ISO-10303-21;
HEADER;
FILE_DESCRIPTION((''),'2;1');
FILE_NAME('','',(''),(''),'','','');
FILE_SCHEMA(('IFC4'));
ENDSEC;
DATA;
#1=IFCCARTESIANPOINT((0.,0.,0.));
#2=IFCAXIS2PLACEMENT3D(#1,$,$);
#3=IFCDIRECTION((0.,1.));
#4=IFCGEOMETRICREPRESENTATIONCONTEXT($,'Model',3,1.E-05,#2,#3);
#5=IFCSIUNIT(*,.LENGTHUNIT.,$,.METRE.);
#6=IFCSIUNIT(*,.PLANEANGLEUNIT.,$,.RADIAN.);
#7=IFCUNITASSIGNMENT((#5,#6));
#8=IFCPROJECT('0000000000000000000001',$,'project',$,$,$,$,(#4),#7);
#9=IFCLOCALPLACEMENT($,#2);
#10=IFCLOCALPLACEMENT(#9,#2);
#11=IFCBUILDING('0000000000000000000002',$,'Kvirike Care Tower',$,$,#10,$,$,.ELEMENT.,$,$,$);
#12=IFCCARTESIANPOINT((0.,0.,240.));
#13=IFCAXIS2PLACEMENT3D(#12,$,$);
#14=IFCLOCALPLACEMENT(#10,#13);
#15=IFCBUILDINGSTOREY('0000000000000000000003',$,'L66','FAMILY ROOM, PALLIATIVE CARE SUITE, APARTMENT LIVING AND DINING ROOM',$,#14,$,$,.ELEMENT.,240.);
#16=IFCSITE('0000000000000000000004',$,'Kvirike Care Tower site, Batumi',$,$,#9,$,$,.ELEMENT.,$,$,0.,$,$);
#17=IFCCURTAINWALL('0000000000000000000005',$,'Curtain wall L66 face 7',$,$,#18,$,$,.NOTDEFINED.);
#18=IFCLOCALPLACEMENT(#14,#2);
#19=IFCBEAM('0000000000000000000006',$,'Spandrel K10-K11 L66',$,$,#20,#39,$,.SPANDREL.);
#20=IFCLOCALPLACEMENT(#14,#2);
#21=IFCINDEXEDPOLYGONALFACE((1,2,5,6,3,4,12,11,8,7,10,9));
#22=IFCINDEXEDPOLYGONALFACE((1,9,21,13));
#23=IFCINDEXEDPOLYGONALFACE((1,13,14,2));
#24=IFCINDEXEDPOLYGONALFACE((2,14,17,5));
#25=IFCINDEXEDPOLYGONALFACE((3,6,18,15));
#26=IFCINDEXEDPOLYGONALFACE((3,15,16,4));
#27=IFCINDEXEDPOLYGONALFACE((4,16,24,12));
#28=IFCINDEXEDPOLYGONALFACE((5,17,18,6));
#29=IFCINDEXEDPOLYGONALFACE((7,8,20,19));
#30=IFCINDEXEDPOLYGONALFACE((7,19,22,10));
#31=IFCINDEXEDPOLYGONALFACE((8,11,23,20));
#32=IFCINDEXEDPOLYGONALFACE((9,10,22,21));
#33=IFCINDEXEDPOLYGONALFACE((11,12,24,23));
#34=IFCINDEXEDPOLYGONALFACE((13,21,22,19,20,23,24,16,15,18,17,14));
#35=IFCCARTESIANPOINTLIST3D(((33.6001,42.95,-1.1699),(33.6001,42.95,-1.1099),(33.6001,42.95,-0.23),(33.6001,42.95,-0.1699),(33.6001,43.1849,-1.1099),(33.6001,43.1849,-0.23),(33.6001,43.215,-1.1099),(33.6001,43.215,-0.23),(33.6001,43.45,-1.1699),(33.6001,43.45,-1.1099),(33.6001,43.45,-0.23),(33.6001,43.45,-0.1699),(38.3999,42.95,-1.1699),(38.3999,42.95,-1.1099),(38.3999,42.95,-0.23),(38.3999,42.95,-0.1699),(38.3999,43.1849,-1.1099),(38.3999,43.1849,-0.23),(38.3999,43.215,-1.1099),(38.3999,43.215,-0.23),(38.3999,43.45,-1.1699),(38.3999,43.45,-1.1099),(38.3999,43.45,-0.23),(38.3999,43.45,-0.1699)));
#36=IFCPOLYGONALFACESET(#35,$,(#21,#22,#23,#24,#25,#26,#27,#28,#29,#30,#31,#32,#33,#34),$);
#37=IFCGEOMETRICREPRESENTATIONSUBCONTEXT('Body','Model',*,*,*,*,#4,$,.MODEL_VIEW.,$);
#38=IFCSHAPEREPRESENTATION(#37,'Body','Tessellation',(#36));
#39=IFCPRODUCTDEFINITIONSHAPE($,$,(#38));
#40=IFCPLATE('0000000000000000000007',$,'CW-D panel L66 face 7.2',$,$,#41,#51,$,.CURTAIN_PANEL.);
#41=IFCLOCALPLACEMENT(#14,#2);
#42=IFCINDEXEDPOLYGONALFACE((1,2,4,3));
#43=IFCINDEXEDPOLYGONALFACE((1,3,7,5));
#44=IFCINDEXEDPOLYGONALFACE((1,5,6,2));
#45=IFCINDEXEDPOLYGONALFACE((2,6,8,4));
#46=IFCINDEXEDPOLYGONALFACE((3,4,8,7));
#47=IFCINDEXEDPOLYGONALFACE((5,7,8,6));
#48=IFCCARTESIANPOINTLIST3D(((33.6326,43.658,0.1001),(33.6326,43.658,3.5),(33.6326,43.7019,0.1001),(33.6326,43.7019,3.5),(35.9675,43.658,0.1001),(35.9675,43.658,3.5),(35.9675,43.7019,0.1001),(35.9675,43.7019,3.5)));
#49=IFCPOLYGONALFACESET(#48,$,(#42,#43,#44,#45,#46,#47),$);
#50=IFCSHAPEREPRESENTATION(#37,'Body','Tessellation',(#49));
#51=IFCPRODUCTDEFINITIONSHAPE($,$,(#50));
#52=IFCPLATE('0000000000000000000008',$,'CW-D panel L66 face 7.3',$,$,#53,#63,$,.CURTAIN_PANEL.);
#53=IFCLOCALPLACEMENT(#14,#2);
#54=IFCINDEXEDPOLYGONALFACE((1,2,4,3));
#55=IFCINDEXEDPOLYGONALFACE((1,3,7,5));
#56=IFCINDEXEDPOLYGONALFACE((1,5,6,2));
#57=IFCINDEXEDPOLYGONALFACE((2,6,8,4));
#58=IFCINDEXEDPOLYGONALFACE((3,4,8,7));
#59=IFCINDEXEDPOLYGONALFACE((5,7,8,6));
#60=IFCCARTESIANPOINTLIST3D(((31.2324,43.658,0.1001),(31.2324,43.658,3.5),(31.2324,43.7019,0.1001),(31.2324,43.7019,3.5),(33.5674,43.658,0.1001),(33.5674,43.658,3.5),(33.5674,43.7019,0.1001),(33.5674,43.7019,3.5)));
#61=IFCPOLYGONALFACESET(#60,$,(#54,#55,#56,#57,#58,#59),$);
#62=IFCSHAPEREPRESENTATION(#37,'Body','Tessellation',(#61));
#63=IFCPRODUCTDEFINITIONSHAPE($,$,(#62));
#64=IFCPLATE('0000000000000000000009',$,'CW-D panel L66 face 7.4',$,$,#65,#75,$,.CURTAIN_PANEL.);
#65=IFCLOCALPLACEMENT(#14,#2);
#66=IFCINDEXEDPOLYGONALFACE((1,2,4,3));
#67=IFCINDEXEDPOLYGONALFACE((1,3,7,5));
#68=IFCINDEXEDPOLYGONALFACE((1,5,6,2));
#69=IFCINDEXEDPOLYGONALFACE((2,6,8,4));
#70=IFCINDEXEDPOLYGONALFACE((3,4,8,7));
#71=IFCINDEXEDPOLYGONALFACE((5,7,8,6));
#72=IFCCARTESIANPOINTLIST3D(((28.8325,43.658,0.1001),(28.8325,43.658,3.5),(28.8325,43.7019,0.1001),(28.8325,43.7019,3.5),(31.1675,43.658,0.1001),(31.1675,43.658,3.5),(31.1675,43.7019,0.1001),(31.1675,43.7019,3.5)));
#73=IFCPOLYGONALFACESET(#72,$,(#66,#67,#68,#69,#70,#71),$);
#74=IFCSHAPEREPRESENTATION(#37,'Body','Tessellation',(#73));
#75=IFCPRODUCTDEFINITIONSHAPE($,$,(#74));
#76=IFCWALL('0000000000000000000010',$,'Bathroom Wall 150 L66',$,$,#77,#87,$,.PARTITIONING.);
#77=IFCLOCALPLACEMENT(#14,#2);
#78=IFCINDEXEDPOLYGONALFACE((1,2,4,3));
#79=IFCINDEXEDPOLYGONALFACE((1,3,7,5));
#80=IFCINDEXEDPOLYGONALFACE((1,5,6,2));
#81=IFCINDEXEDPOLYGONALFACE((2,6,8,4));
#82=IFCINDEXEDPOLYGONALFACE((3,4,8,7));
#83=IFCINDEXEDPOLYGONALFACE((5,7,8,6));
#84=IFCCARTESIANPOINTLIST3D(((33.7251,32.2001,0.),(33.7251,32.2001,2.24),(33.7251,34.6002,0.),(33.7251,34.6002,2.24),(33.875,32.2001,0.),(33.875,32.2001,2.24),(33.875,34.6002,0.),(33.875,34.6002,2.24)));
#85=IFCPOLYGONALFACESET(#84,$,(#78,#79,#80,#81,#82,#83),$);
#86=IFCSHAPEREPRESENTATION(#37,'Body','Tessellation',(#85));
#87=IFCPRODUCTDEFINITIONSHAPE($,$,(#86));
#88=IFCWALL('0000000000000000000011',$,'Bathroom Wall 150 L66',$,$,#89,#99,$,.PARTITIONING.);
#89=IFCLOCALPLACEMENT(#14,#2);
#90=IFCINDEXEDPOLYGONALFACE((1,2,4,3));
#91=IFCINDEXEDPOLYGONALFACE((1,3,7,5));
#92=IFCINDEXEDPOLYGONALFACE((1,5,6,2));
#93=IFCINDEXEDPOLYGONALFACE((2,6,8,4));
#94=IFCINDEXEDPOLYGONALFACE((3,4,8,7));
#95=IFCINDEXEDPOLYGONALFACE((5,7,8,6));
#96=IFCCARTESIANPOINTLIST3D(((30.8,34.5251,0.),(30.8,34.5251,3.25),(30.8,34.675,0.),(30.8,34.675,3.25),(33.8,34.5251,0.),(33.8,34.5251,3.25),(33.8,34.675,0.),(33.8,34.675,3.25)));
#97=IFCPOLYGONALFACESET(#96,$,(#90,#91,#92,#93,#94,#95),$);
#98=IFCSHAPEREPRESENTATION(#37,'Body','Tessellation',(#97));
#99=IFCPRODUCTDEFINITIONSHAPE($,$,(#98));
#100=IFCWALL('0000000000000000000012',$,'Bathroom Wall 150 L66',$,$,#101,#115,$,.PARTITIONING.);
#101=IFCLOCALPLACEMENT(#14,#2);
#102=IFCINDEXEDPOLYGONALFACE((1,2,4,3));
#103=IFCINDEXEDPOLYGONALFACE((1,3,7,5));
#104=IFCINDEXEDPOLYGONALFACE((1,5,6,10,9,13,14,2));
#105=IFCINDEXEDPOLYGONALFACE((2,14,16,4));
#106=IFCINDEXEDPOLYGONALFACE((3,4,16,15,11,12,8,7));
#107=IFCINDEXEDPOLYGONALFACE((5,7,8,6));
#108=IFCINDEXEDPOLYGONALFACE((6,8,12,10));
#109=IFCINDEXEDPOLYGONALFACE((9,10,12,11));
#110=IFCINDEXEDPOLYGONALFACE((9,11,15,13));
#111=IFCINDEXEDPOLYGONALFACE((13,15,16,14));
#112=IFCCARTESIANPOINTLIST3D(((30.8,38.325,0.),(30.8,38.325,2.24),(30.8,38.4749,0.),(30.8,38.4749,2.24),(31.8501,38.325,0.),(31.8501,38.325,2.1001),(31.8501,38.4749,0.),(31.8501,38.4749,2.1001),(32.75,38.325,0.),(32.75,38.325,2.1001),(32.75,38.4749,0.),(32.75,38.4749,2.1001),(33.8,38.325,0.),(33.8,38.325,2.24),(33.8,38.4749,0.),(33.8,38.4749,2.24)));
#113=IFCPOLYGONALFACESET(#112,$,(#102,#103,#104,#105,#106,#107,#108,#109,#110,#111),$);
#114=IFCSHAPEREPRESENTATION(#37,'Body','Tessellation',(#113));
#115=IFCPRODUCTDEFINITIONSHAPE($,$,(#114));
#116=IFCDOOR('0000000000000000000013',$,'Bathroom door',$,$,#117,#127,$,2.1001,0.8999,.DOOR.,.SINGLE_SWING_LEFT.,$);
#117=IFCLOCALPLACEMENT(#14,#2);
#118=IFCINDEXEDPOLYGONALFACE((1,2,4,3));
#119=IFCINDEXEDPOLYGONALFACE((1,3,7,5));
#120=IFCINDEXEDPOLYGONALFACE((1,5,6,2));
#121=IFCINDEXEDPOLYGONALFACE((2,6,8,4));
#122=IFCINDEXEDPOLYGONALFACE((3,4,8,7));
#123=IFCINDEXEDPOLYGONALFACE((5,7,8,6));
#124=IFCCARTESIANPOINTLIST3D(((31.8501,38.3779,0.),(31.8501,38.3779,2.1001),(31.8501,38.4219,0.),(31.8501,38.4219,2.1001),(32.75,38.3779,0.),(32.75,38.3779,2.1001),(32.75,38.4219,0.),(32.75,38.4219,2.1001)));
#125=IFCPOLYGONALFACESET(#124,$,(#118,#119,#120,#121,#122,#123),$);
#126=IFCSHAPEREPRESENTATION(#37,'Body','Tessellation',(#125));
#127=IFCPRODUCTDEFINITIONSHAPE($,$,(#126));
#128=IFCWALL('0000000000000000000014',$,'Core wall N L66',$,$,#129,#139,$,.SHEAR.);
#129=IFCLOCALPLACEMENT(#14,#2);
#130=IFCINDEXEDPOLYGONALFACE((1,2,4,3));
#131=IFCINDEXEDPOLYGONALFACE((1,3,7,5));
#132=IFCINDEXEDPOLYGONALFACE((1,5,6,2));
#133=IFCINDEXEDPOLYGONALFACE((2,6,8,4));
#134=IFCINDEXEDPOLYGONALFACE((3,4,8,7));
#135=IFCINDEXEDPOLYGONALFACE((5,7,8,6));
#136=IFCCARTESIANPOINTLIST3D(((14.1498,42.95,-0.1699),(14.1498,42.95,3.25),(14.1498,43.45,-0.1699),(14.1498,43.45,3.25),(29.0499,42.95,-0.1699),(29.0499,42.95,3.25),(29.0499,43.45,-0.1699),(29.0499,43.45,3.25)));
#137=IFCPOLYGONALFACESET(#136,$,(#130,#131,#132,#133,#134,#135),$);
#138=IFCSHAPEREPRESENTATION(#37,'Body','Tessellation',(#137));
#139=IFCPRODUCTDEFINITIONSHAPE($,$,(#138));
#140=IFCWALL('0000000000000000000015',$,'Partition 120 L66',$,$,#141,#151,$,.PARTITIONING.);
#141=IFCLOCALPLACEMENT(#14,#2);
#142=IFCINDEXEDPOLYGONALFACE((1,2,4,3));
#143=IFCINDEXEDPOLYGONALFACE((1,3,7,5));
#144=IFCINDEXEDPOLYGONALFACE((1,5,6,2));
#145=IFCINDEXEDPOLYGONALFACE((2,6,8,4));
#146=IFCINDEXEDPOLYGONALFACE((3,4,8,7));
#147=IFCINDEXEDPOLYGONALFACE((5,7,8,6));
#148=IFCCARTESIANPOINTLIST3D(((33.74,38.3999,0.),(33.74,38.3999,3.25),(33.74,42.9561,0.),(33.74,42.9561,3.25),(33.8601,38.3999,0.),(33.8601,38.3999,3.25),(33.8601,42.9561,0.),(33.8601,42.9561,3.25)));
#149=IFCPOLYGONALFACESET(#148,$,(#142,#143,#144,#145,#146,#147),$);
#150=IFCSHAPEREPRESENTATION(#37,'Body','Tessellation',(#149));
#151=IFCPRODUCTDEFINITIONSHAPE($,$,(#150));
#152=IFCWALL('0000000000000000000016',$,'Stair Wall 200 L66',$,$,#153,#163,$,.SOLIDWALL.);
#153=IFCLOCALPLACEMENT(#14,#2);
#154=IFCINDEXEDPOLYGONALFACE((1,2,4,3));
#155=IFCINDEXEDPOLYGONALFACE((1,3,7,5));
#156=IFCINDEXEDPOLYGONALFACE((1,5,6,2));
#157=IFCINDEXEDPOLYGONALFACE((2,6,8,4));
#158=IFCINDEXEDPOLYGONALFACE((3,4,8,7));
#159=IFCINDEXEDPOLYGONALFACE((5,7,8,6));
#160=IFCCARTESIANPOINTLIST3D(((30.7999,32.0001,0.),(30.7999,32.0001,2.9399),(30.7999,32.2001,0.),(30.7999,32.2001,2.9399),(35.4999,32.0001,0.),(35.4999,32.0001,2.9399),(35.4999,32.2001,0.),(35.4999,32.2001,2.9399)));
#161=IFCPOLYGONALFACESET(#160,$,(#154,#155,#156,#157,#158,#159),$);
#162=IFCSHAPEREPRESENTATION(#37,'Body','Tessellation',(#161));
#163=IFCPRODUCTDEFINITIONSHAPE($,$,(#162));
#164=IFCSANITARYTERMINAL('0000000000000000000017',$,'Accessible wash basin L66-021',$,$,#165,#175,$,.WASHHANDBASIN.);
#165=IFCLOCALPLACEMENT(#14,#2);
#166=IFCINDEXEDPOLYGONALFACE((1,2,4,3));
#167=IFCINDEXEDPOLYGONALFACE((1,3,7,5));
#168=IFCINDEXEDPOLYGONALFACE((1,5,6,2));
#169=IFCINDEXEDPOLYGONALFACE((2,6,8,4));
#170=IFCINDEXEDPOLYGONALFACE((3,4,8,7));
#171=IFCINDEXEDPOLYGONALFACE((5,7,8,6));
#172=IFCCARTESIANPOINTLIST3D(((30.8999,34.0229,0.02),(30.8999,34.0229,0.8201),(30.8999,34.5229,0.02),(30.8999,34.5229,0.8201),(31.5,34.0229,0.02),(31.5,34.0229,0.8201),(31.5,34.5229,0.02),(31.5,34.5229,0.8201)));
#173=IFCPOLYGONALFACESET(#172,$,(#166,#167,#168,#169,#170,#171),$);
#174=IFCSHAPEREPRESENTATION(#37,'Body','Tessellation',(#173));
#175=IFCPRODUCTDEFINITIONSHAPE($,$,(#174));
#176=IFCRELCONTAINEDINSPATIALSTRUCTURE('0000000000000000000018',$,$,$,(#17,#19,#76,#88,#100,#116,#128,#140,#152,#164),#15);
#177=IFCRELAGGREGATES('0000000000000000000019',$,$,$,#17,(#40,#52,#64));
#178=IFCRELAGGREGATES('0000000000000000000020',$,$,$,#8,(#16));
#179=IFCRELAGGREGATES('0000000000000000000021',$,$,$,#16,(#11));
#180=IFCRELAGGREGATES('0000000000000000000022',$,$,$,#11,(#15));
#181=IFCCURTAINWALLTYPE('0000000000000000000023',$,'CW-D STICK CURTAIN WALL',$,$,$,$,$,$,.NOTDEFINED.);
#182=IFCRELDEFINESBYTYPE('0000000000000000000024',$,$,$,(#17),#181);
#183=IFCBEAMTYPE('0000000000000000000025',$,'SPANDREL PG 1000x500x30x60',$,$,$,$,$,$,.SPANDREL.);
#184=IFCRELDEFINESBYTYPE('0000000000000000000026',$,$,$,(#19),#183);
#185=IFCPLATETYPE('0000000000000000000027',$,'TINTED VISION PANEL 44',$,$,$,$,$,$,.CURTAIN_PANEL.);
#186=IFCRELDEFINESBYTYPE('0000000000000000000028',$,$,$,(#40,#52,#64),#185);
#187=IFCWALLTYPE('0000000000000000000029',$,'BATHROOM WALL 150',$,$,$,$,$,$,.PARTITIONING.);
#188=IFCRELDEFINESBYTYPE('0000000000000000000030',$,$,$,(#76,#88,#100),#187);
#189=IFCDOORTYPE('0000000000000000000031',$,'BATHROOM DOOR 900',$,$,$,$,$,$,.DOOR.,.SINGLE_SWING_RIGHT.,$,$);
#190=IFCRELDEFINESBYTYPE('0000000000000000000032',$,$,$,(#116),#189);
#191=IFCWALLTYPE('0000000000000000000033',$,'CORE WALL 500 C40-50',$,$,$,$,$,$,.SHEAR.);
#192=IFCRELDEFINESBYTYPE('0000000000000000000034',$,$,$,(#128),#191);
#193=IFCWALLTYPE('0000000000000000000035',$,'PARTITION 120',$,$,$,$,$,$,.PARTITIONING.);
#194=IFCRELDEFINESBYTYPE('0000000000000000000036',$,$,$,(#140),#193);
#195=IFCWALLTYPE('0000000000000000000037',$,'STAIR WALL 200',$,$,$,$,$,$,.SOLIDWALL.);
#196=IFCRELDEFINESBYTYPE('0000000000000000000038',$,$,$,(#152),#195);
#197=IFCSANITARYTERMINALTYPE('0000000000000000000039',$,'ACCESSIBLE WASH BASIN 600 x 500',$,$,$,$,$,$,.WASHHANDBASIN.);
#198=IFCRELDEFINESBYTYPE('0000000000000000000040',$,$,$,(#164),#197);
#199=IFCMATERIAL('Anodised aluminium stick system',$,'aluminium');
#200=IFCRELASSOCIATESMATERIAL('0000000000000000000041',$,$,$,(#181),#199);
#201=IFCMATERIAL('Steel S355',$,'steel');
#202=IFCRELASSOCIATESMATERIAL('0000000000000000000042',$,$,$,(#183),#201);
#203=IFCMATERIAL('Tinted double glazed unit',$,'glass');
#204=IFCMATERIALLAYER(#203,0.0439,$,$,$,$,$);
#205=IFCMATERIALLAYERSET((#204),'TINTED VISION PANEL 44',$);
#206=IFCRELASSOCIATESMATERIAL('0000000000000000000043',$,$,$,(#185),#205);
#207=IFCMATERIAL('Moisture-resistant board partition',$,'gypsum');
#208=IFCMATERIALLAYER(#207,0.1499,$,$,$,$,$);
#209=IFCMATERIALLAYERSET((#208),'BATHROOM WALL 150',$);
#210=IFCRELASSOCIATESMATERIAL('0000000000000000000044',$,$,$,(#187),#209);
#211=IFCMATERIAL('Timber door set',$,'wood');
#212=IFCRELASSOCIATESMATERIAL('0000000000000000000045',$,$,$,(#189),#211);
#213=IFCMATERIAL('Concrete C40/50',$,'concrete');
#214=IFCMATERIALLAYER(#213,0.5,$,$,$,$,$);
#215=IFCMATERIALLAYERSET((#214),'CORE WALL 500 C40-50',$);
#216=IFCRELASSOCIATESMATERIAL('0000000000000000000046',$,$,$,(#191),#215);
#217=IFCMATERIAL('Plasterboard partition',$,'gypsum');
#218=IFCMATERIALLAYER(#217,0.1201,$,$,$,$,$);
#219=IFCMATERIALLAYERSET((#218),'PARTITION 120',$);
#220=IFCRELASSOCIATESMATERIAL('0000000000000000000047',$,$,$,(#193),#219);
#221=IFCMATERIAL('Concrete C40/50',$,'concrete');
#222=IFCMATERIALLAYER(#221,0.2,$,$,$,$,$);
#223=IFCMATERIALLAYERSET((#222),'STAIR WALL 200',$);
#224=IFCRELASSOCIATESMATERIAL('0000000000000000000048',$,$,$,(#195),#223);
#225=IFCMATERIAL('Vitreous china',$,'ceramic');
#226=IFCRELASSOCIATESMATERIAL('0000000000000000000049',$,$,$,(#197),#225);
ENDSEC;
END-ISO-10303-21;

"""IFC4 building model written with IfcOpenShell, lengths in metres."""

from ifc_helpers import new_model, si_unit, direction, frame, frame_2d, origin, origin_2d, place, context, subcontext, project, spatial, rectangle, i_section, extrude, material, layer, layer_set, material_profile, profile_set, type_object, element, fill, aggregate, save


model = new_model("IFC4")

# Units and contexts
model_context = context("Model", 3, precision=1e-05, world=origin(), true_north=direction((0.0, 1.0)))
body_context = subcontext(model_context, "Body", "Model", "MODEL_VIEW")
ifc_project = project(units=[si_unit("LENGTHUNIT", "METRE"), si_unit("PLANEANGLEUNIT", "RADIAN")], contexts=[model_context])

# Site, building, storey
site_placement = place(None, origin())
site = spatial("IfcSite", under=ifc_project, at=site_placement, Name="Kvirike Care Tower site, Batumi", CompositionType="ELEMENT", RefElevation=0.0)
building_placement = place(site_placement, origin())
building = spatial("IfcBuilding", under=site, at=building_placement, Name="Kvirike Care Tower", CompositionType="ELEMENT")
storey_placement = place(building_placement, frame((0.0, 0.0, 240.0)))
storey = spatial("IfcBuildingStorey", under=building, at=storey_placement, Name="L66", Description="FAMILY ROOM, PALLIATIVE CARE SUITE, APARTMENT LIVING AND DINING ROOM", CompositionType="ELEMENT", Elevation=240.0)

# Curtain wall
ifc_material_1 = material(Name="Anodised aluminium stick system", Category="aluminium")
curtain_wall_type = type_object("IfcCurtainWallType", Name="CW-D STICK CURTAIN WALL", PredefinedType="NOTDEFINED", material=ifc_material_1)
curtain_wall_placement = place(storey_placement, origin())
curtain_wall = element("IfcCurtainWall", 1, at=curtain_wall_placement, inside=storey, type_object=curtain_wall_type, Name="Curtain wall L66 face 7", PredefinedType="NOTDEFINED")

# Beam
ifc_material_2 = material(Name="Steel S355", Category="steel")
ifc_material_profile_1 = material_profile(ifc_material_2, i_section(OverallWidth=0.5, OverallDepth=1.0, WebThickness=0.03, FlangeThickness=0.0601, at=origin_2d()), Name="PG 1000x500x30x60")
ifc_profile_set_1 = profile_set([ifc_material_profile_1], Name="Steel S355")
beam_type = type_object("IfcBeamType", Name="SPANDREL PG 1000x500x30x60", PredefinedType="SPANDREL", material=ifc_profile_set_1)
beam_placement = place(storey_placement, frame((33.6001, 43.2, -0.6699), z_axis=(1.0, 0.0, 0.0), x_axis=(0.0, 1.0, 0.0)))
element("IfcBeam", 2, at=beam_placement, inside=storey, type_object=beam_type, Name="Spandrel K10-K11 L66", PredefinedType="SPANDREL", context=body_context, shape_type="SweptSolid", body=[
    extrude(i_section(OverallWidth=0.5, OverallDepth=1.0, WebThickness=0.03, FlangeThickness=0.0601, at=origin_2d()), origin(), (0.0, 0.0, 1.0), 4.7998),
])

# Plates
ifc_material_3 = material(Name="Tinted double glazed unit", Category="glass")
ifc_layer_1 = layer(ifc_material_3, 0.0439)
ifc_layer_set_1 = layer_set([ifc_layer_1], Name="TINTED VISION PANEL 44")
plate_type = type_object("IfcPlateType", Name="TINTED VISION PANEL 44", PredefinedType="CURTAIN_PANEL", material=ifc_layer_set_1)
plate_1_placement = place(storey_placement, frame((34.8, 43.6799, 0.1001), z_axis=(0.0, 0.0, 1.0), x_axis=(-1.0, 0.0, 0.0)))
plate_1 = element("IfcPlate", 3, at=plate_1_placement, type_object=plate_type, Name="CW-D panel L66 face 7.2", PredefinedType="CURTAIN_PANEL", context=body_context, shape_type="SweptSolid", body=[
    extrude(rectangle(XDim=2.335, YDim=0.0439, at=origin_2d()), origin(), (0.0, 0.0, 1.0), 3.3999),
])
plate_2_placement = place(storey_placement, frame((32.3999, 43.6799, 0.1001), z_axis=(0.0, 0.0, 1.0), x_axis=(-1.0, 0.0, 0.0)))
plate_2 = element("IfcPlate", 4, at=plate_2_placement, type_object=plate_type, Name="CW-D panel L66 face 7.3", PredefinedType="CURTAIN_PANEL", context=body_context, shape_type="SweptSolid", body=[
    extrude(rectangle(XDim=2.335, YDim=0.0439, at=origin_2d()), origin(), (0.0, 0.0, 1.0), 3.3999),
])
plate_3_placement = place(storey_placement, frame((30.0, 43.6799, 0.1001), z_axis=(0.0, 0.0, 1.0), x_axis=(-1.0, 0.0, 0.0)))
plate_3 = element("IfcPlate", 5, at=plate_3_placement, type_object=plate_type, Name="CW-D panel L66 face 7.4", PredefinedType="CURTAIN_PANEL", context=body_context, shape_type="SweptSolid", body=[
    extrude(rectangle(XDim=2.335, YDim=0.0439, at=origin_2d()), origin(), (0.0, 0.0, 1.0), 3.3999),
])
aggregate(curtain_wall, [plate_1, plate_2, plate_3])

# Walls
ifc_material_4 = material(Name="Moisture-resistant board partition", Category="gypsum")
ifc_layer_2 = layer(ifc_material_4, 0.1499)
ifc_layer_set_2 = layer_set([ifc_layer_2], Name="BATHROOM WALL 150")
wall_type_1 = type_object("IfcWallType", Name="BATHROOM WALL 150", PredefinedType="PARTITIONING", material=ifc_layer_set_2)
wall_1_placement = place(storey_placement, frame((33.8, 32.2, 0.0), z_axis=(0.0, 0.0, 1.0), x_axis=(0.0, 1.0, 0.0)))
element("IfcWall", 6, at=wall_1_placement, inside=storey, type_object=wall_type_1, Name="Bathroom Wall 150 L66", PredefinedType="PARTITIONING", context=body_context, shape_type="SweptSolid", body=[
    extrude(rectangle(XDim=2.4001, YDim=0.1499, at=frame_2d((1.2002, 0.0))), origin(), (0.0, 0.0, 1.0), 2.24),
])
wall_2_placement = place(storey_placement, frame((33.8, 34.6001, 0.0), z_axis=(0.0, 0.0, 1.0), x_axis=(-1.0, 0.0, 0.0)))
element("IfcWall", 7, at=wall_2_placement, inside=storey, type_object=wall_type_1, Name="Bathroom Wall 150 L66", PredefinedType="PARTITIONING", context=body_context, shape_type="SweptSolid", body=[
    extrude(rectangle(XDim=3.0, YDim=0.1499, at=frame_2d((1.5, 0.0))), origin(), (0.0, 0.0, 1.0), 3.25),
])

# Wall, opening, door
wall_3_placement = place(storey_placement, frame((33.8, 38.3999, 0.0), z_axis=(0.0, 0.0, 1.0), x_axis=(-1.0, 0.0, 0.0)))
wall_3 = element("IfcWall", 8, at=wall_3_placement, inside=storey, type_object=wall_type_1, Name="Bathroom Wall 150 L66", PredefinedType="PARTITIONING", context=body_context, shape_type="SweptSolid", body=[
    extrude(rectangle(XDim=3.0, YDim=0.1499, at=frame_2d((1.5, 0.0))), origin(), (0.0, 0.0, 1.0), 2.24),
])
opening_placement = place(wall_3_placement, frame((1.05, 0.0, 0.0)))
opening = element("IfcOpeningElement", 9, at=opening_placement, cuts=wall_3, PredefinedType="OPENING", context=body_context, shape_type="SweptSolid", body=[
    extrude(rectangle(XDim=0.8999, YDim=2.1001, at=frame_2d((0.45, 1.05))), frame((0.0, 0.0854, 0.0), z_axis=(0.0, -1.0, 0.0), x_axis=(1.0, 0.0, 0.0)), (0.0, 0.0, 1.0), 0.1709),
])
ifc_material_5 = material(Name="Timber door set", Category="wood")
door_type = type_object("IfcDoorType", Name="BATHROOM DOOR 900", OperationType="SINGLE_SWING_RIGHT", PredefinedType="DOOR", material=ifc_material_5)
door_placement = place(opening_placement, frame((0.8999, 0.0, 0.0), z_axis=(0.0, 0.0, 1.0), x_axis=(-1.0, 0.0, 0.0)))
door = element("IfcDoor", 10, at=door_placement, inside=storey, type_object=door_type, Name="Bathroom door", OperationType="SINGLE_SWING_LEFT", OverallHeight=2.1001, OverallWidth=0.8999, PredefinedType="DOOR", context=body_context, shape_type="SweptSolid", body=[
    extrude(rectangle(XDim=0.8999, YDim=2.1001, at=frame_2d((0.45, 1.05))), frame((0.0, 0.022, 0.0), z_axis=(0.0, -1.0, 0.0), x_axis=(1.0, 0.0, 0.0)), (0.0, 0.0, 1.0), 0.0439),
])
fill(opening, door)

# Walls
ifc_material_6 = material(Name="Concrete C40/50", Category="concrete")
ifc_layer_3 = layer(ifc_material_6, 0.5)
ifc_layer_set_3 = layer_set([ifc_layer_3], Name="CORE WALL 500 C40-50")
wall_type_2 = type_object("IfcWallType", Name="CORE WALL 500 C40-50", PredefinedType="SHEAR", material=ifc_layer_set_3)
wall_4_placement = place(storey_placement, frame((29.05, 43.2, -0.1699), z_axis=(0.0, 0.0, 1.0), x_axis=(-1.0, 0.0, 0.0)))
element("IfcWall", 11, at=wall_4_placement, inside=storey, type_object=wall_type_2, Name="Core wall N L66", PredefinedType="SHEAR", context=body_context, shape_type="SweptSolid", body=[
    extrude(rectangle(XDim=14.9001, YDim=0.5, at=frame_2d((7.4502, 0.0))), origin(), (0.0, 0.0, 1.0), 3.4199),
])
ifc_material_7 = material(Name="Plasterboard partition", Category="gypsum")
ifc_layer_4 = layer(ifc_material_7, 0.1201)
ifc_layer_set_4 = layer_set([ifc_layer_4], Name="PARTITION 120")
wall_type_3 = type_object("IfcWallType", Name="PARTITION 120", PredefinedType="PARTITIONING", material=ifc_layer_set_4)
wall_5_placement = place(storey_placement, frame((33.8, 38.3999, 0.0), z_axis=(0.0, 0.0, 1.0), x_axis=(0.0, 1.0, 0.0)))
element("IfcWall", 12, at=wall_5_placement, inside=storey, type_object=wall_type_3, Name="Partition 120 L66", PredefinedType="PARTITIONING", context=body_context, shape_type="SweptSolid", body=[
    extrude(rectangle(XDim=4.5562, YDim=0.1201, at=frame_2d((2.2781, 0.0))), origin(), (0.0, 0.0, 1.0), 3.25),
])
ifc_material_8 = material(Name="Concrete C40/50", Category="concrete")
ifc_layer_5 = layer(ifc_material_8, 0.2)
ifc_layer_set_5 = layer_set([ifc_layer_5], Name="STAIR WALL 200")
wall_type_4 = type_object("IfcWallType", Name="STAIR WALL 200", PredefinedType="SOLIDWALL", material=ifc_layer_set_5)
wall_6_placement = place(storey_placement, frame((35.5, 32.1001, 0.0), z_axis=(0.0, 0.0, 1.0), x_axis=(-1.0, 0.0, 0.0)))
element("IfcWall", 13, at=wall_6_placement, inside=storey, type_object=wall_type_4, Name="Stair Wall 200 L66", PredefinedType="SOLIDWALL", context=body_context, shape_type="SweptSolid", body=[
    extrude(rectangle(XDim=4.7, YDim=0.2, at=frame_2d((2.3501, 0.0))), origin(), (0.0, 0.0, 1.0), 2.9399),
])

# Sanitary terminal
ifc_material_9 = material(Name="Vitreous china", Category="ceramic")
sanitary_terminal_type_1 = type_object("IfcSanitaryTerminalType", Name="ACCESSIBLE WASH BASIN 600 x 500", PredefinedType="WASHHANDBASIN", material=ifc_material_9)
sanitary_terminal_1_placement = place(storey_placement, frame((31.2, 34.2729, 0.02), z_axis=(0.0, 0.0, 1.0), x_axis=(1.0, 0.0, 0.0)))
element("IfcSanitaryTerminal", 14, at=sanitary_terminal_1_placement, inside=storey, type_object=sanitary_terminal_type_1, Name="Accessible wash basin L66-021", PredefinedType="WASHHANDBASIN", context=body_context, shape_type="SweptSolid", body=[
    extrude(rectangle(XDim=0.6001, YDim=0.5, at=origin_2d()), origin(), (0.0, 0.0, 1.0), 0.8),
])

save(model, "model.ifc")
